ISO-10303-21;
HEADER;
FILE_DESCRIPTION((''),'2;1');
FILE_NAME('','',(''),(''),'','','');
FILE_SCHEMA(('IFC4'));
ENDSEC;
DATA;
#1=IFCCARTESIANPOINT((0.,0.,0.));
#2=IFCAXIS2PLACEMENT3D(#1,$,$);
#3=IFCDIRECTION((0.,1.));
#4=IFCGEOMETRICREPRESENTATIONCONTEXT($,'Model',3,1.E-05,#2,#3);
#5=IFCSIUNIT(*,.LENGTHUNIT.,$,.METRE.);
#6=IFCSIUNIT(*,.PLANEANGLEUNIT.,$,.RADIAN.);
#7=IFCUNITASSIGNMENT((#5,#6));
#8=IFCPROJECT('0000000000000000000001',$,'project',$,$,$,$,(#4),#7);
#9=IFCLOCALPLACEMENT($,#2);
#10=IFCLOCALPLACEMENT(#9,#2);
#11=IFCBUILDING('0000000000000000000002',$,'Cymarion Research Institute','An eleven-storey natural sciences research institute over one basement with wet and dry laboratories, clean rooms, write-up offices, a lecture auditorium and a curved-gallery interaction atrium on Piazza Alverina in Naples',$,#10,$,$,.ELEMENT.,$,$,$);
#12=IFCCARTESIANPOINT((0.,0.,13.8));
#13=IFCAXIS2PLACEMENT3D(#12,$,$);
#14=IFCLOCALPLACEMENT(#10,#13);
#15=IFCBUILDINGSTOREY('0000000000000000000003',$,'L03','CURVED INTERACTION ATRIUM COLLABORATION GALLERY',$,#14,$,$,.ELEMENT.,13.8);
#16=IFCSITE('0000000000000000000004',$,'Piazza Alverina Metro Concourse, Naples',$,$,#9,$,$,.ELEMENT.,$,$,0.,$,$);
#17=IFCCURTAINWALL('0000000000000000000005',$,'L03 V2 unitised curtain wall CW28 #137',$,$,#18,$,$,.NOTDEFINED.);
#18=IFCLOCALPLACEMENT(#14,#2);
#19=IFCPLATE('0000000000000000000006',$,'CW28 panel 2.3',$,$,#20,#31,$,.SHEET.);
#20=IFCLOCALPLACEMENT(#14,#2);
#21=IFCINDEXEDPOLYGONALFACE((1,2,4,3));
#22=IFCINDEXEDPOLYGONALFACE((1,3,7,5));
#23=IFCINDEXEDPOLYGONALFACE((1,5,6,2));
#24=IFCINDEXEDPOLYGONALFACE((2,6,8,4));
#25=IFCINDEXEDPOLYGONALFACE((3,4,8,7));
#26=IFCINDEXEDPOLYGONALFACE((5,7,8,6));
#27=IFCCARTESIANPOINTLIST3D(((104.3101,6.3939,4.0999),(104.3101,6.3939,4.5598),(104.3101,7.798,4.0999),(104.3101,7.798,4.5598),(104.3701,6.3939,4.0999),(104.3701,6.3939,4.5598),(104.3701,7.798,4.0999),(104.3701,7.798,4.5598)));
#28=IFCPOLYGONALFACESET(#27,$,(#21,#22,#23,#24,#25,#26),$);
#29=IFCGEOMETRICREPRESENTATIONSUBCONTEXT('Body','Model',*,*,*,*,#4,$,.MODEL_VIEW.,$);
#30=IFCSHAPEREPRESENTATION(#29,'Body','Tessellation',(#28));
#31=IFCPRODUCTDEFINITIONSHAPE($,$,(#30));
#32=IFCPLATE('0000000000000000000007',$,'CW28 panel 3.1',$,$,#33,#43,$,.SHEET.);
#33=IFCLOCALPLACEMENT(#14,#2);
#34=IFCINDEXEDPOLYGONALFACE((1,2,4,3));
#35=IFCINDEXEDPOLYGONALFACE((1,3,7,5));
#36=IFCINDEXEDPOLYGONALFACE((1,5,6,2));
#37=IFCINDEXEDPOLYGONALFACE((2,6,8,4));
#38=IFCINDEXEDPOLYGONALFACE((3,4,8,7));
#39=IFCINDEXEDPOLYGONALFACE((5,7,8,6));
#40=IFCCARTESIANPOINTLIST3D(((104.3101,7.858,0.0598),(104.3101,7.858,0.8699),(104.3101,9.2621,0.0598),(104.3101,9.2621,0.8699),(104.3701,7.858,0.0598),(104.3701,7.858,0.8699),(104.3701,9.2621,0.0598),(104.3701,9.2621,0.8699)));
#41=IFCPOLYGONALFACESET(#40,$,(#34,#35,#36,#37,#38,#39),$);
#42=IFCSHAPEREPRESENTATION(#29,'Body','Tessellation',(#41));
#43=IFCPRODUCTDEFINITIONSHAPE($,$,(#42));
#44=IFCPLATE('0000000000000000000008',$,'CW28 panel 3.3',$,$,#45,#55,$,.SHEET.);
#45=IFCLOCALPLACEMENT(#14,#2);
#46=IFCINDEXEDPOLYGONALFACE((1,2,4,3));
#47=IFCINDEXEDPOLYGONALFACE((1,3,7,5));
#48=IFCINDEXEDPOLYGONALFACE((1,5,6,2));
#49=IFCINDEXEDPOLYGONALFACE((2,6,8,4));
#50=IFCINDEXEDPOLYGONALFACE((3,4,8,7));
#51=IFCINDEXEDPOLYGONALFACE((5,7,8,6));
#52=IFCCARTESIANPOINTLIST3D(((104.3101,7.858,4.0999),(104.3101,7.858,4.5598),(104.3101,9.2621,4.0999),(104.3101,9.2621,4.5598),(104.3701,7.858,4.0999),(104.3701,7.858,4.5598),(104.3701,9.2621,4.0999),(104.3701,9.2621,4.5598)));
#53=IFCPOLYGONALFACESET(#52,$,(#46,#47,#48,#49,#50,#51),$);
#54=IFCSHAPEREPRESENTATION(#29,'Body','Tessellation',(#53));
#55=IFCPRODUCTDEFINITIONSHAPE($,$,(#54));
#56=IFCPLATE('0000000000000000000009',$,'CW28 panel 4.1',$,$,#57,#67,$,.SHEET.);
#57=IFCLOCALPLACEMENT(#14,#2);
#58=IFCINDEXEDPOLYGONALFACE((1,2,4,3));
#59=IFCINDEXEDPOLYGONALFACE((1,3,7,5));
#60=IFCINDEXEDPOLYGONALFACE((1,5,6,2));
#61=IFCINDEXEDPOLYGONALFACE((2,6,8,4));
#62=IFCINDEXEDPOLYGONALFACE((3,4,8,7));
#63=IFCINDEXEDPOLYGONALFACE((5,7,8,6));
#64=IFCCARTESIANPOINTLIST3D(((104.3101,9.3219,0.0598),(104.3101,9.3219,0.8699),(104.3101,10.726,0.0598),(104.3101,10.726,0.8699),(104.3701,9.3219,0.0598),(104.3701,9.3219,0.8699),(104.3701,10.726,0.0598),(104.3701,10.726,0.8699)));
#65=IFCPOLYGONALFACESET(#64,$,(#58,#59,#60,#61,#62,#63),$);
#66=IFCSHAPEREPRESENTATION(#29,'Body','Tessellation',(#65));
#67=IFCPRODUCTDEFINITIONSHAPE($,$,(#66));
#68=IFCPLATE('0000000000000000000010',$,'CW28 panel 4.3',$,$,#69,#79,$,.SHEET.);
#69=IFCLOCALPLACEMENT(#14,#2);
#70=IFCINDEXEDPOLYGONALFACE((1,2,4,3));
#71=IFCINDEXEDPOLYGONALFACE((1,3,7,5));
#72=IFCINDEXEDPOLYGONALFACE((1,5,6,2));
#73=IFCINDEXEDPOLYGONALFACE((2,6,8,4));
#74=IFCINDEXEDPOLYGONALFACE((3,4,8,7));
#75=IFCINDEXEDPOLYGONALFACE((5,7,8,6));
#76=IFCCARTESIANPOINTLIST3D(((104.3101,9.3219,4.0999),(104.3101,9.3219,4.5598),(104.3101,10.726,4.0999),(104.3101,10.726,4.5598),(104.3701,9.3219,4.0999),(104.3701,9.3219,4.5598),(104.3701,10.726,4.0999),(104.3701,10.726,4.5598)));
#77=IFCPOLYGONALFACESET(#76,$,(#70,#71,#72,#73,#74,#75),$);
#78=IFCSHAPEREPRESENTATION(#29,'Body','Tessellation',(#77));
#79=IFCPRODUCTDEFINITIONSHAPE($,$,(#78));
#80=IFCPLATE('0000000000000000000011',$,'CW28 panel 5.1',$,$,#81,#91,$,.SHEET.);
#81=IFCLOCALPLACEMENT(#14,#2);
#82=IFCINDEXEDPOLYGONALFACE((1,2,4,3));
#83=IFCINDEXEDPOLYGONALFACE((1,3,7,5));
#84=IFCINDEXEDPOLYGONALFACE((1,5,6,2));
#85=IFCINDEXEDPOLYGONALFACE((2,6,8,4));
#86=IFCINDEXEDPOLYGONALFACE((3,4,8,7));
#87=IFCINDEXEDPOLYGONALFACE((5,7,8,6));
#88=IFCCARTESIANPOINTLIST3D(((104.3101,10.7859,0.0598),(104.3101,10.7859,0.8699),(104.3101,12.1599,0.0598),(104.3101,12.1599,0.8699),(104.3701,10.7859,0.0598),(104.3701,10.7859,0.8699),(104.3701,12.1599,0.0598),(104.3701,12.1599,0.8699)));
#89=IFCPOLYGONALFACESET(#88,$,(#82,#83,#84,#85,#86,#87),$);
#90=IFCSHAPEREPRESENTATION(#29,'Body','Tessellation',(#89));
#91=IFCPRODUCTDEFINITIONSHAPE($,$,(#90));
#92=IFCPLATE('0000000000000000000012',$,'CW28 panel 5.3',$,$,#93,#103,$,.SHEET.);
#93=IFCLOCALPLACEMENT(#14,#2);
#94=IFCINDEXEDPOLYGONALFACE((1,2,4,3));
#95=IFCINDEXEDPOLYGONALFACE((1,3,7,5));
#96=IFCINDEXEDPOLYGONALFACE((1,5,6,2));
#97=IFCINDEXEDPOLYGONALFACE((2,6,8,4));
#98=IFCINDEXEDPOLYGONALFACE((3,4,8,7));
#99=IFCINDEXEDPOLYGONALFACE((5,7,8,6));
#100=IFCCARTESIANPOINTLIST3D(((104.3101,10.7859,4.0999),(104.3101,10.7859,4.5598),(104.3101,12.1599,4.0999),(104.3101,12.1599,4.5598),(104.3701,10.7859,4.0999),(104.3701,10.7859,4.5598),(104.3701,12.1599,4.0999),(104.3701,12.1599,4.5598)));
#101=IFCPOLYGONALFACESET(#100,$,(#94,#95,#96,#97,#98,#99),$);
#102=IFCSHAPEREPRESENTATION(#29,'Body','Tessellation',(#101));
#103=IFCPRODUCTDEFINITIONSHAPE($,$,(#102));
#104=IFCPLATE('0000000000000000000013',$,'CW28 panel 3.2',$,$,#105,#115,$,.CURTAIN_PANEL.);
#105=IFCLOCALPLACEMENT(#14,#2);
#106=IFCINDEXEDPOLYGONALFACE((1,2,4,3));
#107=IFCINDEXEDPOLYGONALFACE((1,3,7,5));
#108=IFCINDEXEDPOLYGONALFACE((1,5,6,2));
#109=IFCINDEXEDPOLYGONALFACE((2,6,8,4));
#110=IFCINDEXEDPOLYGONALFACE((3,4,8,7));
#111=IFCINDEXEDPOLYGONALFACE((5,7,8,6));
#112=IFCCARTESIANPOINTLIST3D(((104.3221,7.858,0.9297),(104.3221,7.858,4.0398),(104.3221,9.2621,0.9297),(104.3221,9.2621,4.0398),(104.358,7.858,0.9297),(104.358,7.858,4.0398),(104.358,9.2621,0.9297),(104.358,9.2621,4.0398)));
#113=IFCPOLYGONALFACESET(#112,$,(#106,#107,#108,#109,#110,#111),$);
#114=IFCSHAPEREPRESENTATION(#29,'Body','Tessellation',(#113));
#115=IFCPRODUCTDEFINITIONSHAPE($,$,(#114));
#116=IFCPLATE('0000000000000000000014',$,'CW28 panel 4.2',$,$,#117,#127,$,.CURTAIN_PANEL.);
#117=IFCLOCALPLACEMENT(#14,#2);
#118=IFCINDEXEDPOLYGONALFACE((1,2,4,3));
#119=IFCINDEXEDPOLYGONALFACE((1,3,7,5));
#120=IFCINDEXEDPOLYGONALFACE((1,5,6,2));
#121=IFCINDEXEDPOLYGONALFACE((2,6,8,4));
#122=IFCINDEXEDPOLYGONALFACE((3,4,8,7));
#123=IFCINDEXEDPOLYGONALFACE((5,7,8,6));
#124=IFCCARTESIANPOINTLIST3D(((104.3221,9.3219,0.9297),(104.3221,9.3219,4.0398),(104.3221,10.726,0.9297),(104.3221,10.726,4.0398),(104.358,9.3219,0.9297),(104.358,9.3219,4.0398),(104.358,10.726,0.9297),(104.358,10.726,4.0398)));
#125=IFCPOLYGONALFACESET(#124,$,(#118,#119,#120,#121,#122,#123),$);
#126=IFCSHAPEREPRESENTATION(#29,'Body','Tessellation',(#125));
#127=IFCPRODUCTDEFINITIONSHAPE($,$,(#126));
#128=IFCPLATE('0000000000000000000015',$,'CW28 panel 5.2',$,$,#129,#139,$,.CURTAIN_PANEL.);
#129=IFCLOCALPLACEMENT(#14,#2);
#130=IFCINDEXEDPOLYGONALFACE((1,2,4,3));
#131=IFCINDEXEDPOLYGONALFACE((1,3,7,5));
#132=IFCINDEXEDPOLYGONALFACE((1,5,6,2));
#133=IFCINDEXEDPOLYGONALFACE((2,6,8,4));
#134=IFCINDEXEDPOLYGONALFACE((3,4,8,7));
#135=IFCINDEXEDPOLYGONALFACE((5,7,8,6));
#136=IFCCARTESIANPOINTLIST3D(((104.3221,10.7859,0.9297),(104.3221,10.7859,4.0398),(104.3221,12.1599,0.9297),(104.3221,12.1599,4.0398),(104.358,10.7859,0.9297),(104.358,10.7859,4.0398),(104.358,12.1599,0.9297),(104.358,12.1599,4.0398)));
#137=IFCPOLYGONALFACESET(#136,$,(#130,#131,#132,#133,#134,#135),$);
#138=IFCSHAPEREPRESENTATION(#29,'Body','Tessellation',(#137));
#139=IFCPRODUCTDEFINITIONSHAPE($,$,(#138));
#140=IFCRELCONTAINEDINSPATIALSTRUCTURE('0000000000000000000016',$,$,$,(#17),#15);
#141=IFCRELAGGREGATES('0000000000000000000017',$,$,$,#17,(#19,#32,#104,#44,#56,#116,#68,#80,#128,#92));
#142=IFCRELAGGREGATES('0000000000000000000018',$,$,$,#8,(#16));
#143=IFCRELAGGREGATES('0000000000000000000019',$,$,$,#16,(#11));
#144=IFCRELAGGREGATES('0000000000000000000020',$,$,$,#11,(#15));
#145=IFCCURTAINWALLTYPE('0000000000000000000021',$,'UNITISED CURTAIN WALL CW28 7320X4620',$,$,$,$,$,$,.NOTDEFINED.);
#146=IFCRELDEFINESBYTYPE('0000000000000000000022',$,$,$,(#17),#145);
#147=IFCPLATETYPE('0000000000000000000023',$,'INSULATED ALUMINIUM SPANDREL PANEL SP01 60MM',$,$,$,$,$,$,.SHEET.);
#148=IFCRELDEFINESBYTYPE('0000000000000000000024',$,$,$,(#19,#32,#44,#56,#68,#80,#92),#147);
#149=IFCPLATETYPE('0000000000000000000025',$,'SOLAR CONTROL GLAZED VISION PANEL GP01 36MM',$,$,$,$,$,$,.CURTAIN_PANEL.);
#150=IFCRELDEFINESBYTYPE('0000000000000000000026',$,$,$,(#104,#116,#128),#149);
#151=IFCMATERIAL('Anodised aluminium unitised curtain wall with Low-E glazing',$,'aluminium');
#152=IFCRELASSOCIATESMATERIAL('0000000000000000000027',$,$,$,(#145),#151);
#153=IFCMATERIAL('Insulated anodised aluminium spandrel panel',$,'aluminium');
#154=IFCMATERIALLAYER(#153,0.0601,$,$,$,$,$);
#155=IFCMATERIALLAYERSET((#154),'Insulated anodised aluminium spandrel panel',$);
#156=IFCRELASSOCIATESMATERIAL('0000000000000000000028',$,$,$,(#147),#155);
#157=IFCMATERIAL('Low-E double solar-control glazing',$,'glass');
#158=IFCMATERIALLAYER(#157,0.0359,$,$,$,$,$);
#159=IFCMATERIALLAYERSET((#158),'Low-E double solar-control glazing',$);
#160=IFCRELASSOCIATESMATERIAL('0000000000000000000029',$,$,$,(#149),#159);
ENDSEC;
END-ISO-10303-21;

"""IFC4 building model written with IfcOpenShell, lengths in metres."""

from ifc_helpers import new_model, si_unit, direction, frame, origin, origin_2d, place, context, subcontext, project, spatial, rectangle, extrude, material, layer, layer_set, type_object, element, aggregate, save


model = new_model("IFC4")

# Units and contexts
model_context = context("Model", 3, precision=1e-05, world=origin(), true_north=direction((0.0, 1.0)))
body_context = subcontext(model_context, "Body", "Model", "MODEL_VIEW")
ifc_project = project(units=[si_unit("LENGTHUNIT", "METRE"), si_unit("PLANEANGLEUNIT", "RADIAN")], contexts=[model_context])

# Site, building, storey
site_placement = place(None, origin())
site = spatial("IfcSite", under=ifc_project, at=site_placement, Name="Piazza Alverina Metro Concourse, Naples", CompositionType="ELEMENT", RefElevation=0.0)
building_placement = place(site_placement, origin())
building = spatial("IfcBuilding", under=site, at=building_placement, Name="Cymarion Research Institute", Description="An eleven-storey natural sciences research institute over one basement with wet and dry laboratories, clean rooms, write-up offices, a lecture auditorium and a curved-gallery interaction atrium on Piazza Alverina in Naples", CompositionType="ELEMENT")
storey_placement = place(building_placement, frame((0.0, 0.0, 13.8)))
storey = spatial("IfcBuildingStorey", under=building, at=storey_placement, Name="L03", Description="CURVED INTERACTION ATRIUM COLLABORATION GALLERY", CompositionType="ELEMENT", Elevation=13.8)

# Curtain wall, plates
ifc_material_1 = material(Name="Anodised aluminium unitised curtain wall with Low-E glazing", Category="aluminium")
curtain_wall_type = type_object("IfcCurtainWallType", Name="UNITISED CURTAIN WALL CW28 7320X4620", PredefinedType="NOTDEFINED", material=ifc_material_1)
curtain_wall_placement = place(storey_placement, origin())
curtain_wall = element("IfcCurtainWall", 1, at=curtain_wall_placement, inside=storey, type_object=curtain_wall_type, Name="L03 V2 unitised curtain wall CW28 #137", PredefinedType="NOTDEFINED")
ifc_material_2 = material(Name="Insulated anodised aluminium spandrel panel", Category="aluminium")
ifc_layer_1 = layer(ifc_material_2, 0.0601)
ifc_layer_set_1 = layer_set([ifc_layer_1], Name="Insulated anodised aluminium spandrel panel")
plate_type_1 = type_object("IfcPlateType", Name="INSULATED ALUMINIUM SPANDREL PANEL SP01 60MM", PredefinedType="SHEET", material=ifc_layer_set_1)
plate_1_placement = place(storey_placement, frame((104.3401, 7.0959, 4.0999), z_axis=(0.0, 0.0, 1.0), x_axis=(0.0, 1.0, 0.0)))
plate_1 = element("IfcPlate", 2, at=plate_1_placement, type_object=plate_type_1, Name="CW28 panel 2.3", PredefinedType="SHEET", context=body_context, shape_type="SweptSolid", body=[
    extrude(rectangle(XDim=1.4041, YDim=0.0601, at=origin_2d()), origin(), (0.0, 0.0, 1.0), 0.46),
])
plate_2_placement = place(storey_placement, frame((104.3401, 8.5601, 0.0598), z_axis=(0.0, 0.0, 1.0), x_axis=(0.0, 1.0, 0.0)))
plate_2 = element("IfcPlate", 3, at=plate_2_placement, type_object=plate_type_1, Name="CW28 panel 3.1", PredefinedType="SHEET", context=body_context, shape_type="SweptSolid", body=[
    extrude(rectangle(XDim=1.4041, YDim=0.0601, at=origin_2d()), origin(), (0.0, 0.0, 1.0), 0.8101),
])
plate_3_placement = place(storey_placement, frame((104.3401, 8.5601, 4.0999), z_axis=(0.0, 0.0, 1.0), x_axis=(0.0, 1.0, 0.0)))
plate_3 = element("IfcPlate", 4, at=plate_3_placement, type_object=plate_type_1, Name="CW28 panel 3.3", PredefinedType="SHEET", context=body_context, shape_type="SweptSolid", body=[
    extrude(rectangle(XDim=1.4041, YDim=0.0601, at=origin_2d()), origin(), (0.0, 0.0, 1.0), 0.46),
])
plate_4_placement = place(storey_placement, frame((104.3401, 10.0239, 0.0598), z_axis=(0.0, 0.0, 1.0), x_axis=(0.0, 1.0, 0.0)))
plate_4 = element("IfcPlate", 5, at=plate_4_placement, type_object=plate_type_1, Name="CW28 panel 4.1", PredefinedType="SHEET", context=body_context, shape_type="SweptSolid", body=[
    extrude(rectangle(XDim=1.4041, YDim=0.0601, at=origin_2d()), origin(), (0.0, 0.0, 1.0), 0.8101),
])
plate_5_placement = place(storey_placement, frame((104.3401, 10.0239, 4.0999), z_axis=(0.0, 0.0, 1.0), x_axis=(0.0, 1.0, 0.0)))
plate_5 = element("IfcPlate", 6, at=plate_5_placement, type_object=plate_type_1, Name="CW28 panel 4.3", PredefinedType="SHEET", context=body_context, shape_type="SweptSolid", body=[
    extrude(rectangle(XDim=1.4041, YDim=0.0601, at=origin_2d()), origin(), (0.0, 0.0, 1.0), 0.46),
])
plate_6_placement = place(storey_placement, frame((104.3401, 11.4729, 0.0598), z_axis=(0.0, 0.0, 1.0), x_axis=(0.0, 1.0, 0.0)))
plate_6 = element("IfcPlate", 7, at=plate_6_placement, type_object=plate_type_1, Name="CW28 panel 5.1", PredefinedType="SHEET", context=body_context, shape_type="SweptSolid", body=[
    extrude(rectangle(XDim=1.374, YDim=0.0601, at=origin_2d()), origin(), (0.0, 0.0, 1.0), 0.8101),
])
plate_7_placement = place(storey_placement, frame((104.3401, 11.4729, 4.0999), z_axis=(0.0, 0.0, 1.0), x_axis=(0.0, 1.0, 0.0)))
plate_7 = element("IfcPlate", 8, at=plate_7_placement, type_object=plate_type_1, Name="CW28 panel 5.3", PredefinedType="SHEET", context=body_context, shape_type="SweptSolid", body=[
    extrude(rectangle(XDim=1.374, YDim=0.0601, at=origin_2d()), origin(), (0.0, 0.0, 1.0), 0.46),
])
ifc_material_3 = material(Name="Low-E double solar-control glazing", Category="glass")
ifc_layer_2 = layer(ifc_material_3, 0.0359)
ifc_layer_set_2 = layer_set([ifc_layer_2], Name="Low-E double solar-control glazing")
plate_type_2 = type_object("IfcPlateType", Name="SOLAR CONTROL GLAZED VISION PANEL GP01 36MM", PredefinedType="CURTAIN_PANEL", material=ifc_layer_set_2)
plate_8_placement = place(storey_placement, frame((104.3401, 8.5601, 0.9297), z_axis=(0.0, 0.0, 1.0), x_axis=(0.0, 1.0, 0.0)))
plate_8 = element("IfcPlate", 9, at=plate_8_placement, type_object=plate_type_2, Name="CW28 panel 3.2", PredefinedType="CURTAIN_PANEL", context=body_context, shape_type="SweptSolid", body=[
    extrude(rectangle(XDim=1.4041, YDim=0.0359, at=origin_2d()), origin(), (0.0, 0.0, 1.0), 3.1101),
])
plate_9_placement = place(storey_placement, frame((104.3401, 10.0239, 0.9297), z_axis=(0.0, 0.0, 1.0), x_axis=(0.0, 1.0, 0.0)))
plate_9 = element("IfcPlate", 10, at=plate_9_placement, type_object=plate_type_2, Name="CW28 panel 4.2", PredefinedType="CURTAIN_PANEL", context=body_context, shape_type="SweptSolid", body=[
    extrude(rectangle(XDim=1.4041, YDim=0.0359, at=origin_2d()), origin(), (0.0, 0.0, 1.0), 3.1101),
])
plate_10_placement = place(storey_placement, frame((104.3401, 11.4729, 0.9297), z_axis=(0.0, 0.0, 1.0), x_axis=(0.0, 1.0, 0.0)))
plate_10 = element("IfcPlate", 11, at=plate_10_placement, type_object=plate_type_2, Name="CW28 panel 5.2", PredefinedType="CURTAIN_PANEL", context=body_context, shape_type="SweptSolid", body=[
    extrude(rectangle(XDim=1.374, YDim=0.0359, at=origin_2d()), origin(), (0.0, 0.0, 1.0), 3.1101),
])
aggregate(curtain_wall, [plate_1, plate_2, plate_8, plate_3, plate_4, plate_9, plate_5, plate_6, plate_10, plate_7])

save(model, "model.ifc")
